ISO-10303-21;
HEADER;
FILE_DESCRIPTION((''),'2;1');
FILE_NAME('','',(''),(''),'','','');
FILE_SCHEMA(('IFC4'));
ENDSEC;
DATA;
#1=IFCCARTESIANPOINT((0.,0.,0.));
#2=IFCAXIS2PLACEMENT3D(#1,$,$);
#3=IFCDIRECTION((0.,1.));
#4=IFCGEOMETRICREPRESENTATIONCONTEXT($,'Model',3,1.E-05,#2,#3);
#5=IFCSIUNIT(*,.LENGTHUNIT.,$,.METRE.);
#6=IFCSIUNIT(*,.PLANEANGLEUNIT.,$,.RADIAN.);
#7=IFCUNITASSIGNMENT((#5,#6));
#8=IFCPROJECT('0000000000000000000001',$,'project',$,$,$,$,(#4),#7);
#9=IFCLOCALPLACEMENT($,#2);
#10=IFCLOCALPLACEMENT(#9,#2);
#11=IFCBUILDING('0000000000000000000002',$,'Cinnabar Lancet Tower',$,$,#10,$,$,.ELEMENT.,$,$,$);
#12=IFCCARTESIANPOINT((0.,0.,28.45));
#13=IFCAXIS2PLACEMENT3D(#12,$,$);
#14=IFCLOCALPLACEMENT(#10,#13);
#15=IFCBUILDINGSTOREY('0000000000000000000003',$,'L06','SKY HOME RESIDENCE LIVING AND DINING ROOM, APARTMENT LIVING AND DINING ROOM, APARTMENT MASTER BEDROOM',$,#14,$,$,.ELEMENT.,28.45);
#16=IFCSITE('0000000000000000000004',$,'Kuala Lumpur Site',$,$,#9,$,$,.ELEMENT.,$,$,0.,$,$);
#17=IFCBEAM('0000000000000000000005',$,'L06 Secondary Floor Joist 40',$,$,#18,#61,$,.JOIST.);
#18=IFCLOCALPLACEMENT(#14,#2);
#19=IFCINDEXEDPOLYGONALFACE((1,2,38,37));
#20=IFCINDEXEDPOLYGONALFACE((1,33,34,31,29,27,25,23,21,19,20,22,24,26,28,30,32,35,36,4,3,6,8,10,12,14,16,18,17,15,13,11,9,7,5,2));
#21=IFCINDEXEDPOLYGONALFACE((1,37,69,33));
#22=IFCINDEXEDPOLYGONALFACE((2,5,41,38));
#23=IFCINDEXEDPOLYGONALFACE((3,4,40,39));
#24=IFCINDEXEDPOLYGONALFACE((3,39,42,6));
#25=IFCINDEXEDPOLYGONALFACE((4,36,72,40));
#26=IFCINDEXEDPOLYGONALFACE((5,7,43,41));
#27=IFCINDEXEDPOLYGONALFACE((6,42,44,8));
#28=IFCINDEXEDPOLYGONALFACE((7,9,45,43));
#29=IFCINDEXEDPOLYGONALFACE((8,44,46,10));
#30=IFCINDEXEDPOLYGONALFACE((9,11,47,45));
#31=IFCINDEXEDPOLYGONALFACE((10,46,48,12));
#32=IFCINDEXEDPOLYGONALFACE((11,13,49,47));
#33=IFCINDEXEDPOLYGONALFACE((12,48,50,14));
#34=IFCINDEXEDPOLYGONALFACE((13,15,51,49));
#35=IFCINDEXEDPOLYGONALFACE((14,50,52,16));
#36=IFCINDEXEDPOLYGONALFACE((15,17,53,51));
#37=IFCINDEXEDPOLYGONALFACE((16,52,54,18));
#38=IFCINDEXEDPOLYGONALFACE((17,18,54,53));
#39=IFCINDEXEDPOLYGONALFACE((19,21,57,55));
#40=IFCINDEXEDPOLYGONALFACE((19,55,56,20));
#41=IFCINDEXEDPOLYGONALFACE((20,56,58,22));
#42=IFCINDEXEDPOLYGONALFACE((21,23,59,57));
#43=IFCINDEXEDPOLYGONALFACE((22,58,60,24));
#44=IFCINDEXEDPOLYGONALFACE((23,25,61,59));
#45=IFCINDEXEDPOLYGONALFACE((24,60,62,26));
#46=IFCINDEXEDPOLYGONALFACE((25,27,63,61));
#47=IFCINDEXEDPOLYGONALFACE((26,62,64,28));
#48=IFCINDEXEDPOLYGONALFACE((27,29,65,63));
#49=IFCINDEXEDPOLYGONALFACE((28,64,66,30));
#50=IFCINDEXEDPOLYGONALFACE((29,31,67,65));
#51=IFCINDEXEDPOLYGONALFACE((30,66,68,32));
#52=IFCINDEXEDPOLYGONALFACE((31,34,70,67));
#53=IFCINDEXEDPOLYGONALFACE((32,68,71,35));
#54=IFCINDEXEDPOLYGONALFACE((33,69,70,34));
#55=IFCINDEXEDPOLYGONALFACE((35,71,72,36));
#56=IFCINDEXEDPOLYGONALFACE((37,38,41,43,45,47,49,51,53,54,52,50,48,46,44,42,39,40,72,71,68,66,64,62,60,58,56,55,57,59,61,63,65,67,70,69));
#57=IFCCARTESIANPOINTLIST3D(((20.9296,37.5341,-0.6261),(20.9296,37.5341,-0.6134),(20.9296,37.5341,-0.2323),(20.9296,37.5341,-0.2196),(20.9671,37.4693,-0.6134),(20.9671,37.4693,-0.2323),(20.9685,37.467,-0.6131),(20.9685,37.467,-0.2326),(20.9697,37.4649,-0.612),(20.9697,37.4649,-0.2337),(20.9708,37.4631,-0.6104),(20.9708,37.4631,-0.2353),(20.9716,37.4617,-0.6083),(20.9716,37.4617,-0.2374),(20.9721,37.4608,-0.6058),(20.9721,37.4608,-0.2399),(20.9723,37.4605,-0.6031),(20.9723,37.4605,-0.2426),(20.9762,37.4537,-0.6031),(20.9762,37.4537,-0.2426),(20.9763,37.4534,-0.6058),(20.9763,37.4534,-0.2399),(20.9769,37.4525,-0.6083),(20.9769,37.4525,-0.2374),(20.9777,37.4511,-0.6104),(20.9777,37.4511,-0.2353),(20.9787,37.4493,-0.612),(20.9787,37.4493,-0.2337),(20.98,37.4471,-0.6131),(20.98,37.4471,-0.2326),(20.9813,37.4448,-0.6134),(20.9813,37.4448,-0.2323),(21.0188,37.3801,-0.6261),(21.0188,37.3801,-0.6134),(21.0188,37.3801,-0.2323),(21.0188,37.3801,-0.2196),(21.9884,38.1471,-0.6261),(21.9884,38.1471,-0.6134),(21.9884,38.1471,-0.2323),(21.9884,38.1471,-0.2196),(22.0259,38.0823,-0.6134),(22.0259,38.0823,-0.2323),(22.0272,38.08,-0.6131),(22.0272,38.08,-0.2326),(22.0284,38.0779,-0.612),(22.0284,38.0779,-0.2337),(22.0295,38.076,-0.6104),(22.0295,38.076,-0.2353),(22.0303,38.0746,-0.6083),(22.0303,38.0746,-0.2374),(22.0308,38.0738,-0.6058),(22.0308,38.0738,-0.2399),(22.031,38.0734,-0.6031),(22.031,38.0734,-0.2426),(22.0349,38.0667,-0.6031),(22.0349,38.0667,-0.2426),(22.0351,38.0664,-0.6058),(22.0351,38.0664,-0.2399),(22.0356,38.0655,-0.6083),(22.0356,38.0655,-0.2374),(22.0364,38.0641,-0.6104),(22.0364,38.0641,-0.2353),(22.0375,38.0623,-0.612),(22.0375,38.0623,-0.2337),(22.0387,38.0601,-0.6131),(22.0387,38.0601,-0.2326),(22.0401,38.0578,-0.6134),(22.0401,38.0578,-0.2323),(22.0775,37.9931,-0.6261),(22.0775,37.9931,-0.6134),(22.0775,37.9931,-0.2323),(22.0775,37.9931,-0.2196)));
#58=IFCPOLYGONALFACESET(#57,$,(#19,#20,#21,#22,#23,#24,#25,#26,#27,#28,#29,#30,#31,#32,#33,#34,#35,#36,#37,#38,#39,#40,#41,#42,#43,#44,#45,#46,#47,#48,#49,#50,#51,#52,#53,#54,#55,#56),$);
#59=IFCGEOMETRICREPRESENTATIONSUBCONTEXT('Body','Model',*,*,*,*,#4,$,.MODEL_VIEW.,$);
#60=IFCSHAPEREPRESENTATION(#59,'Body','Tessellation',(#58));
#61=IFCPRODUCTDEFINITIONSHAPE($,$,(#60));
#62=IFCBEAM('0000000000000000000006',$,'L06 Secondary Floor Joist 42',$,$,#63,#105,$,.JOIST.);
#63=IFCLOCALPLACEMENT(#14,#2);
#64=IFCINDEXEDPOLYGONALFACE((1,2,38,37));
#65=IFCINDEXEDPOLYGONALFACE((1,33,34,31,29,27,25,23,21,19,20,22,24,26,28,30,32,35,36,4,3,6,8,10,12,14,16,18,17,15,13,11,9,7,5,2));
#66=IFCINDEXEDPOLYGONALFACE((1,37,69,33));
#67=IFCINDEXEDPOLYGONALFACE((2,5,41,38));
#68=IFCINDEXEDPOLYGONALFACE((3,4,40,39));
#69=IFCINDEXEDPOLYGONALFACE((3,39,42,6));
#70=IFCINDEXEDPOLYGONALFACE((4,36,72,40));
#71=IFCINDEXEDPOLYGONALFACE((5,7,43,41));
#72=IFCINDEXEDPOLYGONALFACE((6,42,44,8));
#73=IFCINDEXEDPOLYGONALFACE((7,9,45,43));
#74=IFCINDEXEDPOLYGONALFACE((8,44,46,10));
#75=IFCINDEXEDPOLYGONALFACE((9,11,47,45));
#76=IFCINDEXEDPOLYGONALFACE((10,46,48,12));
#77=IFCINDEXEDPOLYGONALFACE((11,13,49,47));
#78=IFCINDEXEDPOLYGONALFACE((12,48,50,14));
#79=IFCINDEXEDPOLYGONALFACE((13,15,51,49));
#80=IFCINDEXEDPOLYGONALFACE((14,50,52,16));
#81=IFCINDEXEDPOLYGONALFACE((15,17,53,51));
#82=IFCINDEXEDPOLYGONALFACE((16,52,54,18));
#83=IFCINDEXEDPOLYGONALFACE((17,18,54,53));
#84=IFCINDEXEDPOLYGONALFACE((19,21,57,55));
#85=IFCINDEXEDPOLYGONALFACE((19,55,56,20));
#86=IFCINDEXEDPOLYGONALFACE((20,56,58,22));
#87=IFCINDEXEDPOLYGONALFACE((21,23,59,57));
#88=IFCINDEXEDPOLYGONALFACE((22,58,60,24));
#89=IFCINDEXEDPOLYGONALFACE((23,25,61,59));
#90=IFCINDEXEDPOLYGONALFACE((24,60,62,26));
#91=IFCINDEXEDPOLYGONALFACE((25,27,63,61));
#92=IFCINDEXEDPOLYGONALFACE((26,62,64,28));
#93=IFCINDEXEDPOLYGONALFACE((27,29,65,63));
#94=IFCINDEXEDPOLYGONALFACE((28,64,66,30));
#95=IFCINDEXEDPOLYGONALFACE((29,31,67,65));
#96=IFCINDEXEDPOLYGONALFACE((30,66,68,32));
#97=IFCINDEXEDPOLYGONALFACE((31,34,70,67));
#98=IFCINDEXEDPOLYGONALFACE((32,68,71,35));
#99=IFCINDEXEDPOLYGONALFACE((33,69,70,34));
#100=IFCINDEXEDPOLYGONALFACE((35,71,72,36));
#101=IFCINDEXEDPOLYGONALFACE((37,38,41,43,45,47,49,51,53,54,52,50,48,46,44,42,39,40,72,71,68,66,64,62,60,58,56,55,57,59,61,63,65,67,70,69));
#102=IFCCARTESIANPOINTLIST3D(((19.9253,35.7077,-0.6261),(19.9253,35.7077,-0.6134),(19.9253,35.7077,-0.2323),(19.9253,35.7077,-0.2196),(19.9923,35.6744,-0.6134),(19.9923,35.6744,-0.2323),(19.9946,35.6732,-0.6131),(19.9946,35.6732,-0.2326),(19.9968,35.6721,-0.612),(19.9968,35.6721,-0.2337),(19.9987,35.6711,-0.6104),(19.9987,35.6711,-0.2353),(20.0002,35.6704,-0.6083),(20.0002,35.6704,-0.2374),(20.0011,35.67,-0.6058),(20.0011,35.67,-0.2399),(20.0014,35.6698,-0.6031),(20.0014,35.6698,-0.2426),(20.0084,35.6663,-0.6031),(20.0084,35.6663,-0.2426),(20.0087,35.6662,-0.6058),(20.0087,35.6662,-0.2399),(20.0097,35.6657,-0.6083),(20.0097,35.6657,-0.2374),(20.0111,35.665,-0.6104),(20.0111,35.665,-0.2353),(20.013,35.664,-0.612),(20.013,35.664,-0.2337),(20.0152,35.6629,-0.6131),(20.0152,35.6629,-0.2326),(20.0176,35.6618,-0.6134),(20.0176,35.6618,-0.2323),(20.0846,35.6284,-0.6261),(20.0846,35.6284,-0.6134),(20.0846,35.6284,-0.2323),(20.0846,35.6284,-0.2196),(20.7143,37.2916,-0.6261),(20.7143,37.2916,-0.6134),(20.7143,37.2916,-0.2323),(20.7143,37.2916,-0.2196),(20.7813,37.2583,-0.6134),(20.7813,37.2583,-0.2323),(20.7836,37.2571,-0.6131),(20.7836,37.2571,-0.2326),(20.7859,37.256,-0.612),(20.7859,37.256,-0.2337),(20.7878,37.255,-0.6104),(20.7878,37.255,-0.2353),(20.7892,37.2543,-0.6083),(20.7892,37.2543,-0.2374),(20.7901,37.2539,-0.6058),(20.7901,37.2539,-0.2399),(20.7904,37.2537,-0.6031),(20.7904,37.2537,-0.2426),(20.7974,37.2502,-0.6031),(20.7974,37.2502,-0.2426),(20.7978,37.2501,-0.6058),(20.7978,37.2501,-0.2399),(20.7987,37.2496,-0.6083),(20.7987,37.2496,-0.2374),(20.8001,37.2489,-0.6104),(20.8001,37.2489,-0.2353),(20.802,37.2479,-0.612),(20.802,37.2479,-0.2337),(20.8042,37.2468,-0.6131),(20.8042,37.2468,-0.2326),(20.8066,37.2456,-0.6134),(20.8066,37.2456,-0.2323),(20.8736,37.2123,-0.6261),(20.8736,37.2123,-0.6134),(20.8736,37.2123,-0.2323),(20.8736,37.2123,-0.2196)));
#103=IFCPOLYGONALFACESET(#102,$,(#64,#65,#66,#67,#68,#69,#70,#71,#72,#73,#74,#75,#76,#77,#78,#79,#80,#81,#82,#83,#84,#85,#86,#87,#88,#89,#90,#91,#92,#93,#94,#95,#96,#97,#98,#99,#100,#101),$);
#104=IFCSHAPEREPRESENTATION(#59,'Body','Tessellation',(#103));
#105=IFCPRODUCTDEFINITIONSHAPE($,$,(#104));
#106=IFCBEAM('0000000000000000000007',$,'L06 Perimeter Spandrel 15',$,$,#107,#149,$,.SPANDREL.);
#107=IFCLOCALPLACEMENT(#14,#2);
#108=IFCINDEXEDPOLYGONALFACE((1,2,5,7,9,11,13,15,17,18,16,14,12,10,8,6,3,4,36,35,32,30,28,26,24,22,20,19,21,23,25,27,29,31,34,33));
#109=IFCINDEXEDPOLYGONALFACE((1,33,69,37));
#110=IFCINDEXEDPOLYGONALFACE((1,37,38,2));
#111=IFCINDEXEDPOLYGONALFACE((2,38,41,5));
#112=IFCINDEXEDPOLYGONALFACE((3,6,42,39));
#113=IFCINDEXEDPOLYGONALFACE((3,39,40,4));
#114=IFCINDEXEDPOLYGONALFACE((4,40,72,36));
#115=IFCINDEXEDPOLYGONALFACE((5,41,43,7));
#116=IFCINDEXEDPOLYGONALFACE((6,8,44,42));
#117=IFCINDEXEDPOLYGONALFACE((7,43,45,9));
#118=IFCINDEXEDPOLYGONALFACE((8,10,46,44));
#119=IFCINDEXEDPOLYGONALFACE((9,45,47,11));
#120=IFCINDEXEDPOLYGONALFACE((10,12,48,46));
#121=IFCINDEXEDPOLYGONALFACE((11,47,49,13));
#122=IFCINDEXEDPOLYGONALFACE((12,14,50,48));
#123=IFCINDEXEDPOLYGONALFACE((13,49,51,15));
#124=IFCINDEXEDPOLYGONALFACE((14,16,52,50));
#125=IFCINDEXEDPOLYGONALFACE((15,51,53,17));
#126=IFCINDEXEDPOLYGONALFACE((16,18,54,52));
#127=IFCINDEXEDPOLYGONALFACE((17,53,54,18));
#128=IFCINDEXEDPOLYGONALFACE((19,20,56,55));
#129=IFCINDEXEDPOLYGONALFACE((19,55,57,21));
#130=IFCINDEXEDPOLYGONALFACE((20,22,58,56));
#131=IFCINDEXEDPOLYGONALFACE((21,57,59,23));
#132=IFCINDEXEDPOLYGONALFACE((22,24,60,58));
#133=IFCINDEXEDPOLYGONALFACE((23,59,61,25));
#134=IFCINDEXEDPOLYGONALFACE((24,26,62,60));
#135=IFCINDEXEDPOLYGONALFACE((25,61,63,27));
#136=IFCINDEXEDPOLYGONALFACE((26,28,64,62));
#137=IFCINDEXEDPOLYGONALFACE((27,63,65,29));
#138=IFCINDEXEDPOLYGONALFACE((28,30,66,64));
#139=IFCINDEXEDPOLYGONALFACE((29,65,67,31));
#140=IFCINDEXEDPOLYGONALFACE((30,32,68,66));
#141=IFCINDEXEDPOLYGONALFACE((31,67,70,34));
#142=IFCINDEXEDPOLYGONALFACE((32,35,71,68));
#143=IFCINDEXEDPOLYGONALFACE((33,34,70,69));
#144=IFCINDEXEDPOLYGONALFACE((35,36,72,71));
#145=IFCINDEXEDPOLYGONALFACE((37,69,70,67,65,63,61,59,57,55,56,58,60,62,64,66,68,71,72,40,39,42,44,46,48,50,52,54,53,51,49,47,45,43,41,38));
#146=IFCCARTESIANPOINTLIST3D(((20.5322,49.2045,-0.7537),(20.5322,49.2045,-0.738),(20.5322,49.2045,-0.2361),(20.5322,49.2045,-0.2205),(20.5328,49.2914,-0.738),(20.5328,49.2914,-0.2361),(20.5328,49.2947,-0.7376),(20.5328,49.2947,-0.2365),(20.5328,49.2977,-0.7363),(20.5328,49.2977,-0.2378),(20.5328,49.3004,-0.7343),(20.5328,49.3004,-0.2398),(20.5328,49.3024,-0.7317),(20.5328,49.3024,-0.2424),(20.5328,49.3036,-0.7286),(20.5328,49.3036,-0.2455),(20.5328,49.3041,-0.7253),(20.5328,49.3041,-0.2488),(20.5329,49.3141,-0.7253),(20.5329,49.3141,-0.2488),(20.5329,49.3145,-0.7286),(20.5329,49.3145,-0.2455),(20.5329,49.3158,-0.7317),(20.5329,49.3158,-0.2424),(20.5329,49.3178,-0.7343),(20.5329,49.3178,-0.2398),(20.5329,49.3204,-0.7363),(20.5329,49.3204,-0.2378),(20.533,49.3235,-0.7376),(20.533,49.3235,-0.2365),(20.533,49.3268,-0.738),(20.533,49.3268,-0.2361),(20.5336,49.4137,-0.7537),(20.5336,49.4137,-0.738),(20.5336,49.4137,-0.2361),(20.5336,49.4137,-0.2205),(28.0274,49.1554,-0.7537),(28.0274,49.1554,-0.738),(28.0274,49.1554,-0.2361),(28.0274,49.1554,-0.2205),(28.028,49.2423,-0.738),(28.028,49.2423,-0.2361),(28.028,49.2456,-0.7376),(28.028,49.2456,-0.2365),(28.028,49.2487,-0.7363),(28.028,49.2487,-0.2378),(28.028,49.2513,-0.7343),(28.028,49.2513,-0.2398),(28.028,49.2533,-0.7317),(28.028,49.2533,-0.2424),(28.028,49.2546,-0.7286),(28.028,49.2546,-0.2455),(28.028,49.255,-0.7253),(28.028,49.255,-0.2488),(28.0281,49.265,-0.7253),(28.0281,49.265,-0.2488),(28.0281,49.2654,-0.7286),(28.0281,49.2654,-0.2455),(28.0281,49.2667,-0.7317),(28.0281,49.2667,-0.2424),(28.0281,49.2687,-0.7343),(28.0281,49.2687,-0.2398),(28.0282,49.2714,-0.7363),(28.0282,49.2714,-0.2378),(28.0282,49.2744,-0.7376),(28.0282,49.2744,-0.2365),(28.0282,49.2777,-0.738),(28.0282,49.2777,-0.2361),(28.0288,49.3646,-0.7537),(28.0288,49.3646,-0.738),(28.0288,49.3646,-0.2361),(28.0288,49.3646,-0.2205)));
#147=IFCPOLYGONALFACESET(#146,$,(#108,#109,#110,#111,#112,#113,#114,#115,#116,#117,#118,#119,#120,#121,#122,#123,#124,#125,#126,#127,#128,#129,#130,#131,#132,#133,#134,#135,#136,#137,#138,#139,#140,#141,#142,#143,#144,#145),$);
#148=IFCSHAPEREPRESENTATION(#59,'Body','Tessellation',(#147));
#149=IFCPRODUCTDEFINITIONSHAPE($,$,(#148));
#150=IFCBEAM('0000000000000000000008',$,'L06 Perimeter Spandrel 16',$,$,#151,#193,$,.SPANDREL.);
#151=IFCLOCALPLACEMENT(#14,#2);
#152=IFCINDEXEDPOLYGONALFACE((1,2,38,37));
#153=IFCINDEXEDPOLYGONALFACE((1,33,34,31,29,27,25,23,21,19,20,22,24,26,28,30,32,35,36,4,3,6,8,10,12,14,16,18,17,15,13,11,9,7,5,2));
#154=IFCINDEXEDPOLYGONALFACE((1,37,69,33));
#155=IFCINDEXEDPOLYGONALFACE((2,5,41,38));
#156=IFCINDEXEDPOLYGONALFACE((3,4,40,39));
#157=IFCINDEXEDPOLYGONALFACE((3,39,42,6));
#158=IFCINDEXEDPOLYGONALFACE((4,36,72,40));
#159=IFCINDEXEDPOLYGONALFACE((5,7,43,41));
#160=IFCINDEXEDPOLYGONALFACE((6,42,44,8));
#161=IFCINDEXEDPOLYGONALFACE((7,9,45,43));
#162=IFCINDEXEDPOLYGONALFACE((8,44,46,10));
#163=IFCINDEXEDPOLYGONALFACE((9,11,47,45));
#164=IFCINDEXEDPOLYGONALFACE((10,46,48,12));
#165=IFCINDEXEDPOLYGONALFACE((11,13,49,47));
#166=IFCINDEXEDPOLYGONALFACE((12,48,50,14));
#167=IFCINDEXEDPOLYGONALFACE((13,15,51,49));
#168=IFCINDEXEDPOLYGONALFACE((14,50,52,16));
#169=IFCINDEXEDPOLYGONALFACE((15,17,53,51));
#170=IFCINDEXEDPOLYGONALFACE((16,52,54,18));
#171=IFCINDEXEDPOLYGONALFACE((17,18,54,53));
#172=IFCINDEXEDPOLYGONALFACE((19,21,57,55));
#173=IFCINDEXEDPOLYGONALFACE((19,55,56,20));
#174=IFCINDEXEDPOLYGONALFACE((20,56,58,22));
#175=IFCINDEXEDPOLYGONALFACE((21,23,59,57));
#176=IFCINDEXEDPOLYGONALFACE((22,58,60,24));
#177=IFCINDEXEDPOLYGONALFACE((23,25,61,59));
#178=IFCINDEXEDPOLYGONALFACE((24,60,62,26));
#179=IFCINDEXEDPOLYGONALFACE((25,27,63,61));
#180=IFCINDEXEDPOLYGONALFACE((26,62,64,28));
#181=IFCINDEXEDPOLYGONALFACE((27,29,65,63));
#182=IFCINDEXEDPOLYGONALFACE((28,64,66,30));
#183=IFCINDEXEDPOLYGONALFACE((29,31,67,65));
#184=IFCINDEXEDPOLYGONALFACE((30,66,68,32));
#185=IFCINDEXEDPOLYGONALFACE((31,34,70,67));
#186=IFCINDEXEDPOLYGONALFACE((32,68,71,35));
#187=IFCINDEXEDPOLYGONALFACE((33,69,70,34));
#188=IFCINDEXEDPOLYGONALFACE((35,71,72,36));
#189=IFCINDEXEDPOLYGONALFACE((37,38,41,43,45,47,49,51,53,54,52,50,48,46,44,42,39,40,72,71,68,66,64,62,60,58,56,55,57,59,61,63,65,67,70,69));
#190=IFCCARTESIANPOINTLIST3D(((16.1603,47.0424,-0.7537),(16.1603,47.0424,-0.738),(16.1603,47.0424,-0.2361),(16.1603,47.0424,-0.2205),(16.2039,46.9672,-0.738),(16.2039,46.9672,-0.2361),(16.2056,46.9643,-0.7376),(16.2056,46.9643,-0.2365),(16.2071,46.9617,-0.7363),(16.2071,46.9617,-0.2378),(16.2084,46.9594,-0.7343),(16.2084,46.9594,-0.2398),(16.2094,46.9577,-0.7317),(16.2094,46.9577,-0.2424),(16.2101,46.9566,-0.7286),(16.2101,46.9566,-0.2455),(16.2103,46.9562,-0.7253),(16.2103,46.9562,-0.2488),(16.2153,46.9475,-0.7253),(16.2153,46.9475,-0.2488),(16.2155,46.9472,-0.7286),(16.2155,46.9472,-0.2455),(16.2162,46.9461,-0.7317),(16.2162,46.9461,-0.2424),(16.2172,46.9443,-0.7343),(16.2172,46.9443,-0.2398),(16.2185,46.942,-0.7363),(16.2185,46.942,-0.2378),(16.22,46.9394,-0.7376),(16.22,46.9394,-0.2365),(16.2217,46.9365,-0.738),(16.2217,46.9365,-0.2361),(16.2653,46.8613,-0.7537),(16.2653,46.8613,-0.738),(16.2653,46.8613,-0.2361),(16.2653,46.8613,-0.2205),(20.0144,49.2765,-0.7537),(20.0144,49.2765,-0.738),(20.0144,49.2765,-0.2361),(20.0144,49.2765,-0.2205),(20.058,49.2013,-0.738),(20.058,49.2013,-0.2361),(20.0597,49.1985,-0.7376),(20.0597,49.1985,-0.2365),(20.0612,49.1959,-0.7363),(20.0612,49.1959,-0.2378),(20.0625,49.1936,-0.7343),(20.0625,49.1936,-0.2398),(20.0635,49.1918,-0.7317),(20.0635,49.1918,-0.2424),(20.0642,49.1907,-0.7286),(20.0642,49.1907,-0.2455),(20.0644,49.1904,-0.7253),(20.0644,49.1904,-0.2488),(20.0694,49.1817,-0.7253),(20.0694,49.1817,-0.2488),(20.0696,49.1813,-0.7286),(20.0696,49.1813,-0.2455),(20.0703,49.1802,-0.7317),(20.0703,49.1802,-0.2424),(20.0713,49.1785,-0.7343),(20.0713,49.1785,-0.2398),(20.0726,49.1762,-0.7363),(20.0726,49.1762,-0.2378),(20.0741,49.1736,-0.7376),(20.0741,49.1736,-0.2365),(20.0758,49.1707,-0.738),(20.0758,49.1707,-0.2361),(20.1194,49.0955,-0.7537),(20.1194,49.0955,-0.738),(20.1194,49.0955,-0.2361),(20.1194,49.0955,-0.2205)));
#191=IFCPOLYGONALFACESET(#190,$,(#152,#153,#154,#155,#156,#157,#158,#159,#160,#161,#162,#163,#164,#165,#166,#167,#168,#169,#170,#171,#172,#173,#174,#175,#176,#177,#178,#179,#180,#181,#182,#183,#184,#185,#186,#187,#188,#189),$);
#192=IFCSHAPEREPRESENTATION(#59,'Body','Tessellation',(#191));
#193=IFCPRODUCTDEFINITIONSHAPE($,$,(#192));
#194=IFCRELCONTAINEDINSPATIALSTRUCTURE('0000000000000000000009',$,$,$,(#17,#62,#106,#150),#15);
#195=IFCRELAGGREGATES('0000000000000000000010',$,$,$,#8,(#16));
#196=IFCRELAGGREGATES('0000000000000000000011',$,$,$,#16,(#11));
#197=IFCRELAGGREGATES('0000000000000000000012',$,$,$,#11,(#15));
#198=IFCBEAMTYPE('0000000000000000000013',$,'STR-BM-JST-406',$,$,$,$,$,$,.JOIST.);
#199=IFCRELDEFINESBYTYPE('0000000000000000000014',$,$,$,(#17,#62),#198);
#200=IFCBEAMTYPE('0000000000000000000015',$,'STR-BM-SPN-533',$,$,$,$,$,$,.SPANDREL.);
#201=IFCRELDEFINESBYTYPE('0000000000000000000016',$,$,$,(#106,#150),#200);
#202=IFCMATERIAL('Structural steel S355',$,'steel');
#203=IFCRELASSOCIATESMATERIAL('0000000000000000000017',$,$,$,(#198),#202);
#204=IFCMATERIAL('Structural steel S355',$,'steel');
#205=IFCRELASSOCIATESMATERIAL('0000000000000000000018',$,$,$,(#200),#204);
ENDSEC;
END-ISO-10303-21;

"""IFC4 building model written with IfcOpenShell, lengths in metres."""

from ifc_helpers import new_model, si_unit, direction, frame, origin, origin_2d, place, context, subcontext, project, spatial, i_section, extrude, material, material_profile, profile_set, type_object, element, save


model = new_model("IFC4")

# Units and contexts
model_context = context("Model", 3, precision=1e-05, world=origin(), true_north=direction((0.0, 1.0)))
body_context = subcontext(model_context, "Body", "Model", "MODEL_VIEW")
ifc_project = project(units=[si_unit("LENGTHUNIT", "METRE"), si_unit("PLANEANGLEUNIT", "RADIAN")], contexts=[model_context])

# Site, building, storey
site_placement = place(None, origin())
site = spatial("IfcSite", under=ifc_project, at=site_placement, Name="Kuala Lumpur Site", CompositionType="ELEMENT", RefElevation=0.0)
building_placement = place(site_placement, origin())
building = spatial("IfcBuilding", under=site, at=building_placement, Name="Cinnabar Lancet Tower", CompositionType="ELEMENT")
storey_placement = place(building_placement, frame((0.0, 0.0, 28.45)))
storey = spatial("IfcBuildingStorey", under=building, at=storey_placement, Name="L06", Description="SKY HOME RESIDENCE LIVING AND DINING ROOM, APARTMENT LIVING AND DINING ROOM, APARTMENT MASTER BEDROOM", CompositionType="ELEMENT", Elevation=28.45)

# Beams
ifc_material_1 = material(Name="Structural steel S355", Category="steel")
ifc_material_profile_1 = material_profile(ifc_material_1, i_section(OverallWidth=0.178, OverallDepth=0.4065, WebThickness=0.0078, FlangeThickness=0.0127, FilletRadius=0.0103, at=origin_2d()), Name="UKB 406x178x60")
ifc_profile_set_1 = profile_set([ifc_material_profile_1], Name="Structural steel S355")
beam_type_1 = type_object("IfcBeamType", Name="STR-BM-JST-406", PredefinedType="JOIST", material=ifc_profile_set_1)
beam_1_placement = place(storey_placement, frame((22.033, 38.0701, -0.4229), z_axis=(-0.865417, -0.501052, 0.0), x_axis=(0.501052, -0.865417, 0.0)))
element("IfcBeam", 1, at=beam_1_placement, inside=storey, type_object=beam_type_1, Name="L06 Secondary Floor Joist 40", PredefinedType="JOIST", context=body_context, shape_type="SweptSolid", body=[
    extrude(i_section(OverallWidth=0.178, OverallDepth=0.4065, WebThickness=0.0078, FlangeThickness=0.0127, FilletRadius=0.0103, at=origin_2d()), origin(), (0.0, 0.0, 1.0), 1.2234),
])
beam_2_placement = place(storey_placement, frame((20.7939, 37.252, -0.4229), z_axis=(-0.445889, -0.895088, 0.0), x_axis=(0.895088, -0.445889, 0.0)))
element("IfcBeam", 2, at=beam_2_placement, inside=storey, type_object=beam_type_1, Name="L06 Secondary Floor Joist 42", PredefinedType="JOIST", context=body_context, shape_type="SweptSolid", body=[
    extrude(i_section(OverallWidth=0.178, OverallDepth=0.4065, WebThickness=0.0078, FlangeThickness=0.0127, FilletRadius=0.0103, at=origin_2d()), origin(), (0.0, 0.0, 1.0), 1.7695),
])
ifc_material_2 = material(Name="Structural steel S355", Category="steel")
ifc_material_profile_2 = material_profile(ifc_material_2, i_section(OverallWidth=0.2092, OverallDepth=0.5332, WebThickness=0.01, FlangeThickness=0.0156, FilletRadius=0.0127, at=origin_2d()), Name="UKB 533x210x92")
ifc_profile_set_2 = profile_set([ifc_material_profile_2], Name="Structural steel S355")
beam_type_2 = type_object("IfcBeamType", Name="STR-BM-SPN-533", PredefinedType="SPANDREL", material=ifc_profile_set_2)
beam_3_placement = place(storey_placement, frame((28.0281, 49.26, -0.4871), z_axis=(-0.999979, 0.006547, 0.0), x_axis=(-0.006547, -0.999979, 0.0)))
element("IfcBeam", 3, at=beam_3_placement, inside=storey, type_object=beam_type_2, Name="L06 Perimeter Spandrel 15", PredefinedType="SPANDREL", context=body_context, shape_type="SweptSolid", body=[
    extrude(i_section(OverallWidth=0.2092, OverallDepth=0.5332, WebThickness=0.01, FlangeThickness=0.0156, FilletRadius=0.0127, at=origin_2d()), origin(), (0.0, 0.0, 1.0), 7.4954),
])
beam_4_placement = place(storey_placement, frame((20.0669, 49.186, -0.4871), z_axis=(-0.865147, -0.501518, 0.0), x_axis=(0.501518, -0.865147, 0.0)))
element("IfcBeam", 4, at=beam_4_placement, inside=storey, type_object=beam_type_2, Name="L06 Perimeter Spandrel 16", PredefinedType="SPANDREL", context=body_context, shape_type="SweptSolid", body=[
    extrude(i_section(OverallWidth=0.2092, OverallDepth=0.5332, WebThickness=0.01, FlangeThickness=0.0156, FilletRadius=0.0127, at=origin_2d()), origin(), (0.0, 0.0, 1.0), 4.4548),
])

save(model, "model.ifc")
